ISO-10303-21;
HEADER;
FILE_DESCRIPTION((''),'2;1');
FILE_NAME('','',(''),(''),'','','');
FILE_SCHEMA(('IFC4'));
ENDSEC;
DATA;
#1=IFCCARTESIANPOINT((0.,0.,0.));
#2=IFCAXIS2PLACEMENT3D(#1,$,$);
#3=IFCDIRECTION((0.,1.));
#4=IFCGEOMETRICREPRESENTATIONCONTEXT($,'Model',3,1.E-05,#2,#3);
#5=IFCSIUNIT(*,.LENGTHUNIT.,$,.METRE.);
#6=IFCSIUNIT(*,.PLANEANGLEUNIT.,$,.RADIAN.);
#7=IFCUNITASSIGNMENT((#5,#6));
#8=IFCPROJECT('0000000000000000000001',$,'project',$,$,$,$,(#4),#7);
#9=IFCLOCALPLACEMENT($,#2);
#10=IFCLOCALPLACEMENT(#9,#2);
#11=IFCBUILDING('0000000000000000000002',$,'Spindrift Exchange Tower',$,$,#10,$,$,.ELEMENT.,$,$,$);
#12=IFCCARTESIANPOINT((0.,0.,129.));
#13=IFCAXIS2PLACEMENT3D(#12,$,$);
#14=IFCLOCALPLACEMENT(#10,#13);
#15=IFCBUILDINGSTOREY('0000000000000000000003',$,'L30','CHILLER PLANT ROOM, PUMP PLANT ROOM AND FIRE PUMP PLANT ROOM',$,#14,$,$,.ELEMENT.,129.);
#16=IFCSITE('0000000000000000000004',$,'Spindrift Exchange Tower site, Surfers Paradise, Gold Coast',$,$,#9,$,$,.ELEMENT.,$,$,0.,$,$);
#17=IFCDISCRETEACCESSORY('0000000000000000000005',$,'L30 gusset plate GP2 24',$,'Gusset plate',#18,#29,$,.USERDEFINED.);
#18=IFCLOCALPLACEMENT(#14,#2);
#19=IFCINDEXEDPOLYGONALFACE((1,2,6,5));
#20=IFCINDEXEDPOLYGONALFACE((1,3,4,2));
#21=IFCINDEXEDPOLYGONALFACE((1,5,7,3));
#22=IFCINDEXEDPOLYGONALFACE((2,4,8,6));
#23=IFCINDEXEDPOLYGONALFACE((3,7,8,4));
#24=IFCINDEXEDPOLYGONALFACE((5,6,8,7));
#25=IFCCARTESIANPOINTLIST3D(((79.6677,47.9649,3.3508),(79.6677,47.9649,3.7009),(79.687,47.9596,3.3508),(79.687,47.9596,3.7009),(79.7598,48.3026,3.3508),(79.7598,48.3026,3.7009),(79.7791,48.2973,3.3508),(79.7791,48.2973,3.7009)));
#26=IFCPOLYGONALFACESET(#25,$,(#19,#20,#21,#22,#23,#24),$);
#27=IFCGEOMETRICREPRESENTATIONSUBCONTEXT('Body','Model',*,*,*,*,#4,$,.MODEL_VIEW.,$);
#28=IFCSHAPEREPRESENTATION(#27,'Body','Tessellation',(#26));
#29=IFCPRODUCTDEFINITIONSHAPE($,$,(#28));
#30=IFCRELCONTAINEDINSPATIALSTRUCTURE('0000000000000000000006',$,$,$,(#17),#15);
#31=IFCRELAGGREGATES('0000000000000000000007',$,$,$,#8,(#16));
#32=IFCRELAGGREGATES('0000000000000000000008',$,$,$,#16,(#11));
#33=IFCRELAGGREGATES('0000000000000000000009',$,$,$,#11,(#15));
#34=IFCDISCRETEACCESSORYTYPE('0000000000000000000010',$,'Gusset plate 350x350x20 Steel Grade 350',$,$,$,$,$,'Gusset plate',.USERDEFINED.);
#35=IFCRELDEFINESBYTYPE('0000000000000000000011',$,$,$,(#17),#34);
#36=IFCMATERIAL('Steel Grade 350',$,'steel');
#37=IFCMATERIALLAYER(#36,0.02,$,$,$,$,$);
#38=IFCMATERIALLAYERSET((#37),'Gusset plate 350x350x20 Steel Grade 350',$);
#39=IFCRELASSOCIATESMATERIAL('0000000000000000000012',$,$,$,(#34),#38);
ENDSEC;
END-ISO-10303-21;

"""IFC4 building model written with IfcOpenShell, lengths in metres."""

from ifc_helpers import new_model, si_unit, direction, frame, origin, origin_2d, place, context, subcontext, project, spatial, rectangle, extrude, source, transform, mapped, material, layer, layer_set, type_object, element, save


model = new_model("IFC4")

# Units and contexts
model_context = context("Model", 3, precision=1e-05, world=origin(), true_north=direction((0.0, 1.0)))
body_context = subcontext(model_context, "Body", "Model", "MODEL_VIEW")
ifc_project = project(units=[si_unit("LENGTHUNIT", "METRE"), si_unit("PLANEANGLEUNIT", "RADIAN")], contexts=[model_context])

# Site, building, storey
site_placement = place(None, origin())
site = spatial("IfcSite", under=ifc_project, at=site_placement, Name="Spindrift Exchange Tower site, Surfers Paradise, Gold Coast", CompositionType="ELEMENT", RefElevation=0.0)
building_placement = place(site_placement, origin())
building = spatial("IfcBuilding", under=site, at=building_placement, Name="Spindrift Exchange Tower", CompositionType="ELEMENT")
storey_placement = place(building_placement, frame((0.0, 0.0, 129.0)))
storey = spatial("IfcBuildingStorey", under=building, at=storey_placement, Name="L30", Description="CHILLER PLANT ROOM, PUMP PLANT ROOM AND FIRE PUMP PLANT ROOM", CompositionType="ELEMENT", Elevation=129.0)

# Shared definitions
ifc_material_1 = material(Name="Steel Grade 350", Category="steel")

# Discrete accessory
ifc_layer_1 = layer(ifc_material_1, 0.02)
ifc_layer_set_1 = layer_set([ifc_layer_1], Name="Gusset plate 350x350x20 Steel Grade 350")
discrete_accessory_type_1 = type_object("IfcDiscreteAccessoryType", Name="Gusset plate 350x350x20 Steel Grade 350", ElementType="Gusset plate", PredefinedType="USERDEFINED", material=ifc_layer_set_1)
shared_shape_1 = source(origin(), body_context, "Body", "SweptSolid", [
    extrude(rectangle(XDim=0.3501, YDim=0.02, at=origin_2d()), origin(), (0.0, 0.0, 1.0), 0.3501),
])
for number, where, z_axis, x_axis, name in (
    (1, (79.7234, 48.1311, 3.3508), (0.0, 0.0, 1.0), (0.26324, 0.96473, 0.0), "L30 gusset plate GP2 24"),
):
    element("IfcDiscreteAccessory", number, at=place(storey_placement, frame(where, z_axis=z_axis, x_axis=x_axis)), inside=storey, type_object=discrete_accessory_type_1, Name=name, ObjectType="Gusset plate", PredefinedType="USERDEFINED", context=body_context, shape_type="MappedRepresentation", body=[
        mapped(shared_shape_1, transform((0.0, 0.0, 0.0), scale=1.0)),
    ])

save(model, "model.ifc")
